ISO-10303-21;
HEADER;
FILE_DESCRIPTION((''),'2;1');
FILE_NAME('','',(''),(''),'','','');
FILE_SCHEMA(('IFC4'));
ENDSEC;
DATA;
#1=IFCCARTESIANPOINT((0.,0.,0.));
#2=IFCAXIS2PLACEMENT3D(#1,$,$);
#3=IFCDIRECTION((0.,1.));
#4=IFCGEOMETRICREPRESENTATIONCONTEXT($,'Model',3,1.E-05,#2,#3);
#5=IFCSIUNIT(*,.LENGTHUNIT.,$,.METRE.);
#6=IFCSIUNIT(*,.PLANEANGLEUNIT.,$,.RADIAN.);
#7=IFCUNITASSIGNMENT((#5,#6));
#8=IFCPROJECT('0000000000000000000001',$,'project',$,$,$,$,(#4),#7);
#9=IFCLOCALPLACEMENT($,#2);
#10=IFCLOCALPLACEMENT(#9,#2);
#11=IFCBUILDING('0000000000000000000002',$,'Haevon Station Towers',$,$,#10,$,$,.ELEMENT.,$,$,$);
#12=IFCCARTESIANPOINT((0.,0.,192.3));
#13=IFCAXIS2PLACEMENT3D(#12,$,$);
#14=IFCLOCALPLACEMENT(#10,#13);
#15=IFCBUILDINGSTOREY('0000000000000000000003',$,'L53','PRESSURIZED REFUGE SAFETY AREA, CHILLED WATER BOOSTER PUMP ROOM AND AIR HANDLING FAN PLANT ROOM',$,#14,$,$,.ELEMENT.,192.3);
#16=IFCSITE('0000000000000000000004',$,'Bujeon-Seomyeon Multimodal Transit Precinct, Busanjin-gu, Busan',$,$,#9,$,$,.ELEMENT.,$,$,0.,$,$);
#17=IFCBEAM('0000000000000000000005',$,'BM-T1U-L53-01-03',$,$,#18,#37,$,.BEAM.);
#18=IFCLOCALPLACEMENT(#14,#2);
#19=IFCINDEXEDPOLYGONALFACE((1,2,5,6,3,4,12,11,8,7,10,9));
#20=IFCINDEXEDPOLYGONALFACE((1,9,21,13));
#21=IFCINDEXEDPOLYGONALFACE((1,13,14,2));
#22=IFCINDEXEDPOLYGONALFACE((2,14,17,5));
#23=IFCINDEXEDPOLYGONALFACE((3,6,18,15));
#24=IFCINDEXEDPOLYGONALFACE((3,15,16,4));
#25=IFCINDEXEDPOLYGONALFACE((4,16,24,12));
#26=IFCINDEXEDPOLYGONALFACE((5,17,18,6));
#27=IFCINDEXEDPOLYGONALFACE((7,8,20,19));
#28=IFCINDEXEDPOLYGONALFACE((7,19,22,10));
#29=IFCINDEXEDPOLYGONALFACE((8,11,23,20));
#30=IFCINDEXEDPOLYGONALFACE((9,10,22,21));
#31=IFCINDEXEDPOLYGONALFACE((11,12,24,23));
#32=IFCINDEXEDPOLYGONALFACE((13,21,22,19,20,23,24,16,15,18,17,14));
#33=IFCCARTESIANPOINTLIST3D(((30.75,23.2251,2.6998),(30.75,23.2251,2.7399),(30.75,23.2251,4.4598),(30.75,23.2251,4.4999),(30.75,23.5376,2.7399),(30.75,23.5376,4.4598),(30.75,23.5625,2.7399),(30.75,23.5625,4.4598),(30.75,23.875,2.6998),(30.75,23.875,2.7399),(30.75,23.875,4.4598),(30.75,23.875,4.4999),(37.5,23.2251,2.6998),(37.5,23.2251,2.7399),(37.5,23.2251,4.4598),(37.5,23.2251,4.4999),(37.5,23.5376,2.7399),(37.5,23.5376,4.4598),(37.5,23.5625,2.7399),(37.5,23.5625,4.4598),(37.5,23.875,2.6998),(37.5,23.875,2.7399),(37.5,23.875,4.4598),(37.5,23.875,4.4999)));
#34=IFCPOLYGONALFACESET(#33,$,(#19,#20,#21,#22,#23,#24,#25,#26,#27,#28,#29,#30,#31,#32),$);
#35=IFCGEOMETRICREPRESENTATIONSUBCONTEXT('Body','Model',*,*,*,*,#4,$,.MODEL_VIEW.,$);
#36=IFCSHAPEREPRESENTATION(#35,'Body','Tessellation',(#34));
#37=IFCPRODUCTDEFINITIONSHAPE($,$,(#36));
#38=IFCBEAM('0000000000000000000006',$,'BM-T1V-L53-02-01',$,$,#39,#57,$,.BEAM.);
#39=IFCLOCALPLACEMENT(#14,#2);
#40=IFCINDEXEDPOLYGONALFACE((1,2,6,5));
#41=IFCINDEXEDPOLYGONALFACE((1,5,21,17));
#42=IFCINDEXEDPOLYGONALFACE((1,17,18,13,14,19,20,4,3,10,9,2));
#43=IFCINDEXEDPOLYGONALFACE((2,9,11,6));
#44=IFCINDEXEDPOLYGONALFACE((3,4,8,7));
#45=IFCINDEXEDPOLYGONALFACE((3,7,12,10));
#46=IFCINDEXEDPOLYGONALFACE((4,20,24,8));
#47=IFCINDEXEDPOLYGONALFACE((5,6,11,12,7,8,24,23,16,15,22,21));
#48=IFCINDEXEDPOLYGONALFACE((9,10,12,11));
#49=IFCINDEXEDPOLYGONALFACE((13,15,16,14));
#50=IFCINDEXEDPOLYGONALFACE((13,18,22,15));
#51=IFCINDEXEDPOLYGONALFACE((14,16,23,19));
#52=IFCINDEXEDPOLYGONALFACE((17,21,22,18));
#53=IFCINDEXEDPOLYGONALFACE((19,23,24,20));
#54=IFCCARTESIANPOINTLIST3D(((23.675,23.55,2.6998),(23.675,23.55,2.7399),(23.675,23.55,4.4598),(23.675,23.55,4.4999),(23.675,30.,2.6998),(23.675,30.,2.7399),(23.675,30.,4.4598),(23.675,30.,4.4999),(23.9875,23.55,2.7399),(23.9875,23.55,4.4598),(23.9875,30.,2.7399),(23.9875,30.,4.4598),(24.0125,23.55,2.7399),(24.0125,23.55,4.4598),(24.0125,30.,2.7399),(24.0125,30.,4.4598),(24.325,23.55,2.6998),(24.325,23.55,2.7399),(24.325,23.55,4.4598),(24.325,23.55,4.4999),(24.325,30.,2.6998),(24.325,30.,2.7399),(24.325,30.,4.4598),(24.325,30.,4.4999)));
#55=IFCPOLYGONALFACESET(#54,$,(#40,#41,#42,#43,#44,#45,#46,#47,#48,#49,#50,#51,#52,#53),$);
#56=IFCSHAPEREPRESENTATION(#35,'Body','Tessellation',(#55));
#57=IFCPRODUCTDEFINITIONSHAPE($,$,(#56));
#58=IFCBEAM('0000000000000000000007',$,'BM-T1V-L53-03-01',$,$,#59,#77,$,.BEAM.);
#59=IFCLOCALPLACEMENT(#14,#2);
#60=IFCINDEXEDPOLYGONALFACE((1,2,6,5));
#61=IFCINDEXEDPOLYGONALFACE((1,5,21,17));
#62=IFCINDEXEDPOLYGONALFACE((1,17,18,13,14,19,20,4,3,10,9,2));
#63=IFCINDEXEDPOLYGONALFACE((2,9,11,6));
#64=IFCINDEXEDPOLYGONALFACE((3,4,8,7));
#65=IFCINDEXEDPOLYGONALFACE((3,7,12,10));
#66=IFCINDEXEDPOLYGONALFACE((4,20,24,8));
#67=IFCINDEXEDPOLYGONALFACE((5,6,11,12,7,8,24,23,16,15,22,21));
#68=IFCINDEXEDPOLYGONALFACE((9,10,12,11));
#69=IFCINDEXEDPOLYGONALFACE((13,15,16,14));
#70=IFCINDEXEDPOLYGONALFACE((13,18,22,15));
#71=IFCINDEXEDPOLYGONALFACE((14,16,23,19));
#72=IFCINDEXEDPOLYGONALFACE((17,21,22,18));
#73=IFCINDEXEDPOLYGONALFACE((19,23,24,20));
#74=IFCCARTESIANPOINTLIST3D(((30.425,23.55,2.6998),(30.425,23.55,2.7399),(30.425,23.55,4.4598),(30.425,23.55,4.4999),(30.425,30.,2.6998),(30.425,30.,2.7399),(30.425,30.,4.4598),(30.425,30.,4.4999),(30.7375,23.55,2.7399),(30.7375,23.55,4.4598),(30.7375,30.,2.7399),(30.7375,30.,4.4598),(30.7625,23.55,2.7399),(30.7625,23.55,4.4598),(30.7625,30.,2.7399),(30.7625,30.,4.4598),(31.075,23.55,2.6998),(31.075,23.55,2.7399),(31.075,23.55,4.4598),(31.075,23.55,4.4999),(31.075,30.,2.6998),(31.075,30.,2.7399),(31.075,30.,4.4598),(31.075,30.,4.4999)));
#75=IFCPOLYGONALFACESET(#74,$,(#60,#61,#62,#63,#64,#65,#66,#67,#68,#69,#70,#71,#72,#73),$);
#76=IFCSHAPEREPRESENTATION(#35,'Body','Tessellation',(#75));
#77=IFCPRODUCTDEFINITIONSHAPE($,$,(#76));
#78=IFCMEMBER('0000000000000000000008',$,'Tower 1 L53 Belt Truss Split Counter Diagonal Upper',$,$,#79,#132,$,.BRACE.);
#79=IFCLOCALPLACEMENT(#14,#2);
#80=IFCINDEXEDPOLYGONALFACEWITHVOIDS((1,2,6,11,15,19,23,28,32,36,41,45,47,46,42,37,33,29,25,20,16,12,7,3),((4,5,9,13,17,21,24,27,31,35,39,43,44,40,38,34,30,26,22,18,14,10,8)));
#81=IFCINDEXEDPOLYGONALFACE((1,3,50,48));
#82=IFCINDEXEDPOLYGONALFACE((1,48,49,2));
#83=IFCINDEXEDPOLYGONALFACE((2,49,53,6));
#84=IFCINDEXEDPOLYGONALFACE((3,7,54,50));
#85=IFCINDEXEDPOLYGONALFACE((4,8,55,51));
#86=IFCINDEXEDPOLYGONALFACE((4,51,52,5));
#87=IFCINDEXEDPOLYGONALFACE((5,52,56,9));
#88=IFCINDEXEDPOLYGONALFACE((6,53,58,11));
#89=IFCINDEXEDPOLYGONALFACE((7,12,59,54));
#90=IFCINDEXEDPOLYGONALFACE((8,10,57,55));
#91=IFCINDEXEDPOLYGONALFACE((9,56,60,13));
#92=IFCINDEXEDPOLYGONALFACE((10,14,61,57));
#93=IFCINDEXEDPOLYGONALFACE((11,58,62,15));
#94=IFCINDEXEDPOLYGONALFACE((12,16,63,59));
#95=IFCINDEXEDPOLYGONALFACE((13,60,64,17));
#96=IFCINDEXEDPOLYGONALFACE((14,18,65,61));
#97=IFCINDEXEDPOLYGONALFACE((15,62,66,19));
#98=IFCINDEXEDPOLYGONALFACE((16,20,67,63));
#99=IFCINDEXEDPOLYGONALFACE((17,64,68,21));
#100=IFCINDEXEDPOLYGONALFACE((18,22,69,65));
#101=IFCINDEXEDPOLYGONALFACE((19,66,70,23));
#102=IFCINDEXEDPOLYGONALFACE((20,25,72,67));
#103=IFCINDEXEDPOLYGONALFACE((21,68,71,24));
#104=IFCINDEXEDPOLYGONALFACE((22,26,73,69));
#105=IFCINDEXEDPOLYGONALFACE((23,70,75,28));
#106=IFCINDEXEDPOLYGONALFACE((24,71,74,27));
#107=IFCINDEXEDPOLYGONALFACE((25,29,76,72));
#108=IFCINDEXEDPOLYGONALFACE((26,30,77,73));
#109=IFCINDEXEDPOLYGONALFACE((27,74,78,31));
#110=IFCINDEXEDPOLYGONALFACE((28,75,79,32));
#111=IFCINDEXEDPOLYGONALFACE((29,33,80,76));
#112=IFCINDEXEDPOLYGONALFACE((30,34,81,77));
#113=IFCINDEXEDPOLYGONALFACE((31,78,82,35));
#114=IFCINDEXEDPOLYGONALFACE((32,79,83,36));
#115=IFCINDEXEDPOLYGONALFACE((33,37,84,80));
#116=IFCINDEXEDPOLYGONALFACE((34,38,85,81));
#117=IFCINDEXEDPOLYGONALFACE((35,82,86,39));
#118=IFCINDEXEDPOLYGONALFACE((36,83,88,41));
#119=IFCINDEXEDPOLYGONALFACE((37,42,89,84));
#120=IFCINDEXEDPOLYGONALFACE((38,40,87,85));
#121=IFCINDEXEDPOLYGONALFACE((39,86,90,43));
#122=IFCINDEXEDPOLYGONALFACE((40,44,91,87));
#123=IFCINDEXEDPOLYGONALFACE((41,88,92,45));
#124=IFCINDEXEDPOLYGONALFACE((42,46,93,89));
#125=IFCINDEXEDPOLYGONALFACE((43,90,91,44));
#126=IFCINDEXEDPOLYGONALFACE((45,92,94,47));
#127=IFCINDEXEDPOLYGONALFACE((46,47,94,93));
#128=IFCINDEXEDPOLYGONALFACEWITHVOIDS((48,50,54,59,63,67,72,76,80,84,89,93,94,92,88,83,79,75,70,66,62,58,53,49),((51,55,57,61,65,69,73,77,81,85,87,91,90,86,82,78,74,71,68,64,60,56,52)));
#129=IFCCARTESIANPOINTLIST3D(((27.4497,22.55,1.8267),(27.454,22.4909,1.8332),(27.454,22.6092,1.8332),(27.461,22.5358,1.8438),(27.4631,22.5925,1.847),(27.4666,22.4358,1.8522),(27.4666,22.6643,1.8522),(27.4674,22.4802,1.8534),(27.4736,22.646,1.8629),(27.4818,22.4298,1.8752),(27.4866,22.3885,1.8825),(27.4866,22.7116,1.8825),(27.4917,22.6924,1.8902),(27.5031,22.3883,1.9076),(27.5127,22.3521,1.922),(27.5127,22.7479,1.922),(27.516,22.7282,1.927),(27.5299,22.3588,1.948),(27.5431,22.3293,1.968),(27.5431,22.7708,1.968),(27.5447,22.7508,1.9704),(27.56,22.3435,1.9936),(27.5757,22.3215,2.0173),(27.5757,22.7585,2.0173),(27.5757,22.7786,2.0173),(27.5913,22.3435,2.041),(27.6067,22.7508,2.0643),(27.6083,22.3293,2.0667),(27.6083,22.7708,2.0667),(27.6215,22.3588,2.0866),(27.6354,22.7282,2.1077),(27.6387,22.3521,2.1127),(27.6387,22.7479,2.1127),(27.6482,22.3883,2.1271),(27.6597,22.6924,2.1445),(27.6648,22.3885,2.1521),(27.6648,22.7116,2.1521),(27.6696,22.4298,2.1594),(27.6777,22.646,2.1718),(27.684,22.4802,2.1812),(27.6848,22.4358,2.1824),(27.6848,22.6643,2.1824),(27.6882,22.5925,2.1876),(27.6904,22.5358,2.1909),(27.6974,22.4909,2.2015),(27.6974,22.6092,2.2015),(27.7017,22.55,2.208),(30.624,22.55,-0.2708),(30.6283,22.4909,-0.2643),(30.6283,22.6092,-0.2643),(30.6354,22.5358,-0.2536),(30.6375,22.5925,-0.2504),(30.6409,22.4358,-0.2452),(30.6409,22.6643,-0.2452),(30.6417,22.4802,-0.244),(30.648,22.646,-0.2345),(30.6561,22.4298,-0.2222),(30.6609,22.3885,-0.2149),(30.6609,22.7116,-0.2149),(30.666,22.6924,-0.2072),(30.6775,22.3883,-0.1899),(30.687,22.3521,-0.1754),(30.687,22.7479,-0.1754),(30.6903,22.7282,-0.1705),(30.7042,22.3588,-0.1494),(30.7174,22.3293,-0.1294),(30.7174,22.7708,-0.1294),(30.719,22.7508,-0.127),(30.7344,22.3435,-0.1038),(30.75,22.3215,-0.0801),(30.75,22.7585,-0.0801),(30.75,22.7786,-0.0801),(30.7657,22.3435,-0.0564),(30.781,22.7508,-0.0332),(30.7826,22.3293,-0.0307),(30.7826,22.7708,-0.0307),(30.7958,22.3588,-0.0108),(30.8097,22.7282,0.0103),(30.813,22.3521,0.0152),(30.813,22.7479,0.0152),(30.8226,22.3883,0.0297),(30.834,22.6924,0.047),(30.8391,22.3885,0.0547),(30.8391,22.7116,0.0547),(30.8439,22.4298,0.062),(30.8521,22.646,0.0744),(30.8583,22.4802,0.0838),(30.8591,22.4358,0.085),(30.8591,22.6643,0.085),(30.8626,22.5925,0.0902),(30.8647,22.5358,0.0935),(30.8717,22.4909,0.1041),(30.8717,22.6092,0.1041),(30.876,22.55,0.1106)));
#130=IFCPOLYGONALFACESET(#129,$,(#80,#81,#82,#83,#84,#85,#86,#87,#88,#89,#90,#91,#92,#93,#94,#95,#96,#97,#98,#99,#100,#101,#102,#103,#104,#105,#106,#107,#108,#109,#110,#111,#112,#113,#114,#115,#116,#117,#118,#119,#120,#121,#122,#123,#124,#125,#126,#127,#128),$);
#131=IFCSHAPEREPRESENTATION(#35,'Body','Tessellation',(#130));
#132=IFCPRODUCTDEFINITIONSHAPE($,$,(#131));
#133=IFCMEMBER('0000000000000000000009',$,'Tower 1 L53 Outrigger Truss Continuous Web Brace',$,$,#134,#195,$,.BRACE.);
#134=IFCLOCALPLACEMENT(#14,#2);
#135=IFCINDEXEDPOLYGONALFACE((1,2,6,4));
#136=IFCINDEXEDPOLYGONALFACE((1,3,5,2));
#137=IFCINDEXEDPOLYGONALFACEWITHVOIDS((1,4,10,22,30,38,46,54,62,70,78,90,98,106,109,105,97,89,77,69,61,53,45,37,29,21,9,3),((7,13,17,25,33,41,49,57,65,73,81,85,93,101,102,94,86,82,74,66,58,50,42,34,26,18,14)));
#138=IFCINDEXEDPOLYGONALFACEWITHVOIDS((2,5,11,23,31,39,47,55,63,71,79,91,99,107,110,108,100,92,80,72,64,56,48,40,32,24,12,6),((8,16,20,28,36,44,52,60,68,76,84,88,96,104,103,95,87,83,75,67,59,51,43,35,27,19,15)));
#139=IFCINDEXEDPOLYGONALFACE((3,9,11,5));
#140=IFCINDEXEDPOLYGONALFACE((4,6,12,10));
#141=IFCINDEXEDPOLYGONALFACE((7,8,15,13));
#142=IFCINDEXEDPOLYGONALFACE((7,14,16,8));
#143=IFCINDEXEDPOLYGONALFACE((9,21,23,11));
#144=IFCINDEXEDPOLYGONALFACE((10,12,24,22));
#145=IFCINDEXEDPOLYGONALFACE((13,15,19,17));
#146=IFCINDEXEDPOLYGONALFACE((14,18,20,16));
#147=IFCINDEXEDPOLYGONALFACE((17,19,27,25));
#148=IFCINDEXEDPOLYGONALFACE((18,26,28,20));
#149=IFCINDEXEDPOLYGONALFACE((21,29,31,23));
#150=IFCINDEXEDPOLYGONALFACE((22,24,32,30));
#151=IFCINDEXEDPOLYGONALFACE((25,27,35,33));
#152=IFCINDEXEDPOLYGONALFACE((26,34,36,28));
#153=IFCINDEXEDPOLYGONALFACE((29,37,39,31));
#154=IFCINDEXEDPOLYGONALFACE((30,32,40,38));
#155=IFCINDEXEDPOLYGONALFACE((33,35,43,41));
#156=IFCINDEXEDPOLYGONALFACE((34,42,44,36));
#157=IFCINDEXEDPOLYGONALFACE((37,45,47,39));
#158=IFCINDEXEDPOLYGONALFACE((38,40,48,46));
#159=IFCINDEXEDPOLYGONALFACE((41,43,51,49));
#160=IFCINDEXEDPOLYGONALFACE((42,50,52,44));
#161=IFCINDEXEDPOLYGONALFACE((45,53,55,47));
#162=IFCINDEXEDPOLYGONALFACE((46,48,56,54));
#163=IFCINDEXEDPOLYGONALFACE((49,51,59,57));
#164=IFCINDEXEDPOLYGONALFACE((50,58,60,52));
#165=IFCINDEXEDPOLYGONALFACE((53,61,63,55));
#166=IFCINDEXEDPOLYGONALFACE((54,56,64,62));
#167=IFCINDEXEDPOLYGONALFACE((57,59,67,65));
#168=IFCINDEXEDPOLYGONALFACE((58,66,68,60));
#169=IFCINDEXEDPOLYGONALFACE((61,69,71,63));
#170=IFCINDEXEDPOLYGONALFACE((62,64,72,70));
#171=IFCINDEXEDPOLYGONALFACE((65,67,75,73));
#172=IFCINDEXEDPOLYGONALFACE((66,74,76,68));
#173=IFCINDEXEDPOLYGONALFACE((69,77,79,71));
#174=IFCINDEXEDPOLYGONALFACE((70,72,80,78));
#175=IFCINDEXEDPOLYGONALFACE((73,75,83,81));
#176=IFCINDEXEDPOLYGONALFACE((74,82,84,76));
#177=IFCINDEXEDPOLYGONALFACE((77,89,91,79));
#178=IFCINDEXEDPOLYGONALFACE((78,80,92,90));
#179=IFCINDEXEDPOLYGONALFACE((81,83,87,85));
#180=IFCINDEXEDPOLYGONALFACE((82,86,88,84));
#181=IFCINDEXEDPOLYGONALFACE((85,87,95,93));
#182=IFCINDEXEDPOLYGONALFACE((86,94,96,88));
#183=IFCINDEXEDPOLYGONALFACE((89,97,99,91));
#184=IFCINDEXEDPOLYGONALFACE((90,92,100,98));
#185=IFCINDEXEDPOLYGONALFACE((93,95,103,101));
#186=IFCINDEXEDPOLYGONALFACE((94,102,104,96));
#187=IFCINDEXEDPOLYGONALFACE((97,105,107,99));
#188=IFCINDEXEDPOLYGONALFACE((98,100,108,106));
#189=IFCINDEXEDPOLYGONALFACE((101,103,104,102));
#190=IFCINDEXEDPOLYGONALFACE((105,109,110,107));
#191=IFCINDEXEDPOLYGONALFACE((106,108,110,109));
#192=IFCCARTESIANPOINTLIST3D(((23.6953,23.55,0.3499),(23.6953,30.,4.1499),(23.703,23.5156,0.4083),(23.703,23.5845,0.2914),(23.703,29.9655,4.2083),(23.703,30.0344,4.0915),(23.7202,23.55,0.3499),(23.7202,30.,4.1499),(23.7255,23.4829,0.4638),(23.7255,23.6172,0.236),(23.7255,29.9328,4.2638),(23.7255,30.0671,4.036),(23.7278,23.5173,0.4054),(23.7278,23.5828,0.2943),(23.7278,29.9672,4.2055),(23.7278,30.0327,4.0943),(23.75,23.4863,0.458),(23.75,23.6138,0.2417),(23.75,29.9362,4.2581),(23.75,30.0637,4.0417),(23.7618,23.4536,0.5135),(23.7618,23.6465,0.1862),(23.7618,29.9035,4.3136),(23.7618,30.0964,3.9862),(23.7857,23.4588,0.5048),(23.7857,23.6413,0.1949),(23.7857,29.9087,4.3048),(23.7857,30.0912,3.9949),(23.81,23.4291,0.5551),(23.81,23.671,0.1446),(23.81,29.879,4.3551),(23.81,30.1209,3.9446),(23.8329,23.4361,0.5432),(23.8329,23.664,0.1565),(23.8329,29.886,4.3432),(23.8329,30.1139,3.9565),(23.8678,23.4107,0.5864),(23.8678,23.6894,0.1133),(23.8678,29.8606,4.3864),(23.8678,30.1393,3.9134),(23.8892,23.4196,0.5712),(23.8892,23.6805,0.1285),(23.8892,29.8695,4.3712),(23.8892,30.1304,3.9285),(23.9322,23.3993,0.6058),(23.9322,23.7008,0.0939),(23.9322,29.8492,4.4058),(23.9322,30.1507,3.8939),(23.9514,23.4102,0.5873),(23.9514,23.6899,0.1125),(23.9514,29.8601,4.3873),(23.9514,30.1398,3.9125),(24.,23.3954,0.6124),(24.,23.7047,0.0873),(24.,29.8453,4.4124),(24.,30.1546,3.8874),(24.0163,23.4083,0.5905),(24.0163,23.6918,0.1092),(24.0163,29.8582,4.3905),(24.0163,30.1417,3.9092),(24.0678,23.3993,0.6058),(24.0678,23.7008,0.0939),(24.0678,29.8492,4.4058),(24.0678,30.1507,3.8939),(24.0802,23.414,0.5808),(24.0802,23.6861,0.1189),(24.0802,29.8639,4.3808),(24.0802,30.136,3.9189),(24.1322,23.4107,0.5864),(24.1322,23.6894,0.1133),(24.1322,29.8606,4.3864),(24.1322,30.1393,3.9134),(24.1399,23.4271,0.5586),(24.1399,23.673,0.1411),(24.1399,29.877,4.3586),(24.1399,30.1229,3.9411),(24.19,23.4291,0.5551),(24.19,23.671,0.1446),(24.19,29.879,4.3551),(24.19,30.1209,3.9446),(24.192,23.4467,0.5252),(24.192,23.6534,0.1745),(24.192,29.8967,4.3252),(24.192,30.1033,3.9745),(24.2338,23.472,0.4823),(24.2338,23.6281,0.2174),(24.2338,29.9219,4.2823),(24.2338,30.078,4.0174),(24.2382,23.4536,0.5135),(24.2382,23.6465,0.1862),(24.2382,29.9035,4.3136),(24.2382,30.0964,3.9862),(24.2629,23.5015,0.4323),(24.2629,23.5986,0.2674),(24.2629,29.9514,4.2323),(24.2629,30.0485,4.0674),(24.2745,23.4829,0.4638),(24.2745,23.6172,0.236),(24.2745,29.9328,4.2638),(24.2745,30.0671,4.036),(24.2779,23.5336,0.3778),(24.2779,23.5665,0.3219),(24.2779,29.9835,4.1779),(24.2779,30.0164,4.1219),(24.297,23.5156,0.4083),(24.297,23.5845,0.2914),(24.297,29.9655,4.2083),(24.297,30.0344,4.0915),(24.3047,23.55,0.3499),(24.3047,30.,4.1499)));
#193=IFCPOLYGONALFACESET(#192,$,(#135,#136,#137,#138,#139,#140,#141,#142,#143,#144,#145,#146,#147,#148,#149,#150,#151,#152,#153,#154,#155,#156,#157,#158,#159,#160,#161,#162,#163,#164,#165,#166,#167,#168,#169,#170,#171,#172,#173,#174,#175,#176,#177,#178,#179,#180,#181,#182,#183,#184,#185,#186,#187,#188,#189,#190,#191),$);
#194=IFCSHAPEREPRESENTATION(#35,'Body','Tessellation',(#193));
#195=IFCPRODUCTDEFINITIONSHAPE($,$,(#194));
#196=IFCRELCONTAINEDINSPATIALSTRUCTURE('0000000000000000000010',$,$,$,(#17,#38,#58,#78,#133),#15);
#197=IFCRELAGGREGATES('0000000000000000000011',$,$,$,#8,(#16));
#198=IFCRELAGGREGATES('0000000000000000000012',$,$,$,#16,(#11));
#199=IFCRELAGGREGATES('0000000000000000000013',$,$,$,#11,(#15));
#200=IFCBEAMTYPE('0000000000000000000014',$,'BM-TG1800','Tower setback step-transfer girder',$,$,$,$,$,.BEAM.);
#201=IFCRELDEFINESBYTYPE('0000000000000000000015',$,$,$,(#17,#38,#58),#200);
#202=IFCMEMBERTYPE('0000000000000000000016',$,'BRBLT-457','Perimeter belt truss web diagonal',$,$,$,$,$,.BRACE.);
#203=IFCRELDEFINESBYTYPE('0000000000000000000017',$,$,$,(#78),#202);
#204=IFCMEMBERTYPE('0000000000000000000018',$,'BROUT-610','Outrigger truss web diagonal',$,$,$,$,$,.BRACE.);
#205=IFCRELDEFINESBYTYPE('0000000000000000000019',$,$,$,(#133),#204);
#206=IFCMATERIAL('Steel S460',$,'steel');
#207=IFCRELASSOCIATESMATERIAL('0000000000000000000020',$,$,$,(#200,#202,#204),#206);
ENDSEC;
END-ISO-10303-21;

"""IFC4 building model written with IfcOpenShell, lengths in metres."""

from ifc_helpers import new_model, si_unit, direction, frame, origin, origin_2d, place, context, subcontext, project, spatial, hollow_circle, i_section, extrude, material, material_profile, profile_set, type_object, element, save


model = new_model("IFC4")

# Units and contexts
model_context = context("Model", 3, precision=1e-05, world=origin(), true_north=direction((0.0, 1.0)))
body_context = subcontext(model_context, "Body", "Model", "MODEL_VIEW")
ifc_project = project(units=[si_unit("LENGTHUNIT", "METRE"), si_unit("PLANEANGLEUNIT", "RADIAN")], contexts=[model_context])

# Site, building, storey
site_placement = place(None, origin())
site = spatial("IfcSite", under=ifc_project, at=site_placement, Name="Bujeon-Seomyeon Multimodal Transit Precinct, Busanjin-gu, Busan", CompositionType="ELEMENT", RefElevation=0.0)
building_placement = place(site_placement, origin())
building = spatial("IfcBuilding", under=site, at=building_placement, Name="Haevon Station Towers", CompositionType="ELEMENT")
storey_placement = place(building_placement, frame((0.0, 0.0, 192.3)))
storey = spatial("IfcBuildingStorey", under=building, at=storey_placement, Name="L53", Description="PRESSURIZED REFUGE SAFETY AREA, CHILLED WATER BOOSTER PUMP ROOM AND AIR HANDLING FAN PLANT ROOM", CompositionType="ELEMENT", Elevation=192.3)

# Beams
ifc_material_1 = material(Name="Steel S460", Category="steel")
ifc_material_profile_1 = material_profile(ifc_material_1, i_section(OverallWidth=0.6499, OverallDepth=1.8, WebThickness=0.0249, FlangeThickness=0.04, at=origin_2d()), Name="H-1800x650x25x40")
ifc_profile_set_1 = profile_set([ifc_material_profile_1], Name="Steel S460")
beam_type_1 = type_object("IfcBeamType", Name="BM-TG1800", Description="Tower setback step-transfer girder", PredefinedType="BEAM", material=ifc_profile_set_1)
for number, where, z_axis, x_axis, name in (
    (1, (30.75, 23.55, 3.5999), (1.0, 0.0, 0.0), (0.0, 1.0, 0.0), "BM-T1U-L53-01-03"),
):
    element("IfcBeam", number, at=place(storey_placement, frame(where, z_axis=z_axis, x_axis=x_axis)), inside=storey, type_object=beam_type_1, Name=name, PredefinedType="BEAM", context=body_context, shape_type="SweptSolid", body=[
        extrude(i_section(OverallWidth=0.6499, OverallDepth=1.8, WebThickness=0.0249, FlangeThickness=0.04, at=origin_2d()), origin(), (0.0, 0.0, 1.0), 6.75),
    ])
for number, where, z_axis, x_axis, name in (
    (2, (24.0, 23.55, 3.5999), (0.0, 1.0, 0.0), (-1.0, 0.0, 0.0), "BM-T1V-L53-02-01"),
    (3, (30.75, 23.55, 3.5999), (0.0, 1.0, 0.0), (-1.0, 0.0, 0.0), "BM-T1V-L53-03-01"),
):
    element("IfcBeam", number, at=place(storey_placement, frame(where, z_axis=z_axis, x_axis=x_axis)), inside=storey, type_object=beam_type_1, Name=name, PredefinedType="BEAM", context=body_context, shape_type="SweptSolid", body=[
        extrude(i_section(OverallWidth=0.6499, OverallDepth=1.8, WebThickness=0.0249, FlangeThickness=0.04, at=origin_2d()), origin(), (0.0, 0.0, 1.0), 6.45),
    ])

# Members
ifc_material_profile_2 = material_profile(ifc_material_1, hollow_circle(Radius=0.2285, WallThickness=0.02, at=origin_2d()), Name="CHS-457x20")
ifc_profile_set_2 = profile_set([ifc_material_profile_2], Name="Steel S460")
member_type_1 = type_object("IfcMemberType", Name="BRBLT-457", Description="Perimeter belt truss web diagonal", PredefinedType="BRACE", material=ifc_profile_set_2)
member_1_placement = place(storey_placement, frame((27.5757, 22.55, 2.0173), z_axis=(0.834324, 0.0, -0.551275), x_axis=(0.0, 1.0, 0.0)))
element("IfcMember", 4, at=member_1_placement, inside=storey, type_object=member_type_1, Name="Tower 1 L53 Belt Truss Split Counter Diagonal Upper", PredefinedType="BRACE", context=body_context, shape_type="SweptSolid", body=[
    extrude(hollow_circle(Radius=0.2285, WallThickness=0.02, at=origin_2d()), origin(), (0.0, 0.0, 1.0), 3.8047),
])
ifc_material_profile_3 = material_profile(ifc_material_1, hollow_circle(Radius=0.3047, WallThickness=0.0249, at=origin_2d()), Name="CHS-609.6x25")
ifc_profile_set_3 = profile_set([ifc_material_profile_3], Name="Steel S460")
member_type_2 = type_object("IfcMemberType", Name="BROUT-610", Description="Outrigger truss web diagonal", PredefinedType="BRACE", material=ifc_profile_set_3)
member_2_placement = place(storey_placement, frame((24.0, 23.55, 0.3499), z_axis=(0.0, 0.861586, 0.507611), x_axis=(-1.0, 0.0, 0.0)))
element("IfcMember", 5, at=member_2_placement, inside=storey, type_object=member_type_2, Name="Tower 1 L53 Outrigger Truss Continuous Web Brace", PredefinedType="BRACE", context=body_context, shape_type="SweptSolid", body=[
    extrude(hollow_circle(Radius=0.3047, WallThickness=0.0249, at=origin_2d()), origin(), (0.0, 0.0, 1.0), 7.4861),
])

save(model, "model.ifc")
